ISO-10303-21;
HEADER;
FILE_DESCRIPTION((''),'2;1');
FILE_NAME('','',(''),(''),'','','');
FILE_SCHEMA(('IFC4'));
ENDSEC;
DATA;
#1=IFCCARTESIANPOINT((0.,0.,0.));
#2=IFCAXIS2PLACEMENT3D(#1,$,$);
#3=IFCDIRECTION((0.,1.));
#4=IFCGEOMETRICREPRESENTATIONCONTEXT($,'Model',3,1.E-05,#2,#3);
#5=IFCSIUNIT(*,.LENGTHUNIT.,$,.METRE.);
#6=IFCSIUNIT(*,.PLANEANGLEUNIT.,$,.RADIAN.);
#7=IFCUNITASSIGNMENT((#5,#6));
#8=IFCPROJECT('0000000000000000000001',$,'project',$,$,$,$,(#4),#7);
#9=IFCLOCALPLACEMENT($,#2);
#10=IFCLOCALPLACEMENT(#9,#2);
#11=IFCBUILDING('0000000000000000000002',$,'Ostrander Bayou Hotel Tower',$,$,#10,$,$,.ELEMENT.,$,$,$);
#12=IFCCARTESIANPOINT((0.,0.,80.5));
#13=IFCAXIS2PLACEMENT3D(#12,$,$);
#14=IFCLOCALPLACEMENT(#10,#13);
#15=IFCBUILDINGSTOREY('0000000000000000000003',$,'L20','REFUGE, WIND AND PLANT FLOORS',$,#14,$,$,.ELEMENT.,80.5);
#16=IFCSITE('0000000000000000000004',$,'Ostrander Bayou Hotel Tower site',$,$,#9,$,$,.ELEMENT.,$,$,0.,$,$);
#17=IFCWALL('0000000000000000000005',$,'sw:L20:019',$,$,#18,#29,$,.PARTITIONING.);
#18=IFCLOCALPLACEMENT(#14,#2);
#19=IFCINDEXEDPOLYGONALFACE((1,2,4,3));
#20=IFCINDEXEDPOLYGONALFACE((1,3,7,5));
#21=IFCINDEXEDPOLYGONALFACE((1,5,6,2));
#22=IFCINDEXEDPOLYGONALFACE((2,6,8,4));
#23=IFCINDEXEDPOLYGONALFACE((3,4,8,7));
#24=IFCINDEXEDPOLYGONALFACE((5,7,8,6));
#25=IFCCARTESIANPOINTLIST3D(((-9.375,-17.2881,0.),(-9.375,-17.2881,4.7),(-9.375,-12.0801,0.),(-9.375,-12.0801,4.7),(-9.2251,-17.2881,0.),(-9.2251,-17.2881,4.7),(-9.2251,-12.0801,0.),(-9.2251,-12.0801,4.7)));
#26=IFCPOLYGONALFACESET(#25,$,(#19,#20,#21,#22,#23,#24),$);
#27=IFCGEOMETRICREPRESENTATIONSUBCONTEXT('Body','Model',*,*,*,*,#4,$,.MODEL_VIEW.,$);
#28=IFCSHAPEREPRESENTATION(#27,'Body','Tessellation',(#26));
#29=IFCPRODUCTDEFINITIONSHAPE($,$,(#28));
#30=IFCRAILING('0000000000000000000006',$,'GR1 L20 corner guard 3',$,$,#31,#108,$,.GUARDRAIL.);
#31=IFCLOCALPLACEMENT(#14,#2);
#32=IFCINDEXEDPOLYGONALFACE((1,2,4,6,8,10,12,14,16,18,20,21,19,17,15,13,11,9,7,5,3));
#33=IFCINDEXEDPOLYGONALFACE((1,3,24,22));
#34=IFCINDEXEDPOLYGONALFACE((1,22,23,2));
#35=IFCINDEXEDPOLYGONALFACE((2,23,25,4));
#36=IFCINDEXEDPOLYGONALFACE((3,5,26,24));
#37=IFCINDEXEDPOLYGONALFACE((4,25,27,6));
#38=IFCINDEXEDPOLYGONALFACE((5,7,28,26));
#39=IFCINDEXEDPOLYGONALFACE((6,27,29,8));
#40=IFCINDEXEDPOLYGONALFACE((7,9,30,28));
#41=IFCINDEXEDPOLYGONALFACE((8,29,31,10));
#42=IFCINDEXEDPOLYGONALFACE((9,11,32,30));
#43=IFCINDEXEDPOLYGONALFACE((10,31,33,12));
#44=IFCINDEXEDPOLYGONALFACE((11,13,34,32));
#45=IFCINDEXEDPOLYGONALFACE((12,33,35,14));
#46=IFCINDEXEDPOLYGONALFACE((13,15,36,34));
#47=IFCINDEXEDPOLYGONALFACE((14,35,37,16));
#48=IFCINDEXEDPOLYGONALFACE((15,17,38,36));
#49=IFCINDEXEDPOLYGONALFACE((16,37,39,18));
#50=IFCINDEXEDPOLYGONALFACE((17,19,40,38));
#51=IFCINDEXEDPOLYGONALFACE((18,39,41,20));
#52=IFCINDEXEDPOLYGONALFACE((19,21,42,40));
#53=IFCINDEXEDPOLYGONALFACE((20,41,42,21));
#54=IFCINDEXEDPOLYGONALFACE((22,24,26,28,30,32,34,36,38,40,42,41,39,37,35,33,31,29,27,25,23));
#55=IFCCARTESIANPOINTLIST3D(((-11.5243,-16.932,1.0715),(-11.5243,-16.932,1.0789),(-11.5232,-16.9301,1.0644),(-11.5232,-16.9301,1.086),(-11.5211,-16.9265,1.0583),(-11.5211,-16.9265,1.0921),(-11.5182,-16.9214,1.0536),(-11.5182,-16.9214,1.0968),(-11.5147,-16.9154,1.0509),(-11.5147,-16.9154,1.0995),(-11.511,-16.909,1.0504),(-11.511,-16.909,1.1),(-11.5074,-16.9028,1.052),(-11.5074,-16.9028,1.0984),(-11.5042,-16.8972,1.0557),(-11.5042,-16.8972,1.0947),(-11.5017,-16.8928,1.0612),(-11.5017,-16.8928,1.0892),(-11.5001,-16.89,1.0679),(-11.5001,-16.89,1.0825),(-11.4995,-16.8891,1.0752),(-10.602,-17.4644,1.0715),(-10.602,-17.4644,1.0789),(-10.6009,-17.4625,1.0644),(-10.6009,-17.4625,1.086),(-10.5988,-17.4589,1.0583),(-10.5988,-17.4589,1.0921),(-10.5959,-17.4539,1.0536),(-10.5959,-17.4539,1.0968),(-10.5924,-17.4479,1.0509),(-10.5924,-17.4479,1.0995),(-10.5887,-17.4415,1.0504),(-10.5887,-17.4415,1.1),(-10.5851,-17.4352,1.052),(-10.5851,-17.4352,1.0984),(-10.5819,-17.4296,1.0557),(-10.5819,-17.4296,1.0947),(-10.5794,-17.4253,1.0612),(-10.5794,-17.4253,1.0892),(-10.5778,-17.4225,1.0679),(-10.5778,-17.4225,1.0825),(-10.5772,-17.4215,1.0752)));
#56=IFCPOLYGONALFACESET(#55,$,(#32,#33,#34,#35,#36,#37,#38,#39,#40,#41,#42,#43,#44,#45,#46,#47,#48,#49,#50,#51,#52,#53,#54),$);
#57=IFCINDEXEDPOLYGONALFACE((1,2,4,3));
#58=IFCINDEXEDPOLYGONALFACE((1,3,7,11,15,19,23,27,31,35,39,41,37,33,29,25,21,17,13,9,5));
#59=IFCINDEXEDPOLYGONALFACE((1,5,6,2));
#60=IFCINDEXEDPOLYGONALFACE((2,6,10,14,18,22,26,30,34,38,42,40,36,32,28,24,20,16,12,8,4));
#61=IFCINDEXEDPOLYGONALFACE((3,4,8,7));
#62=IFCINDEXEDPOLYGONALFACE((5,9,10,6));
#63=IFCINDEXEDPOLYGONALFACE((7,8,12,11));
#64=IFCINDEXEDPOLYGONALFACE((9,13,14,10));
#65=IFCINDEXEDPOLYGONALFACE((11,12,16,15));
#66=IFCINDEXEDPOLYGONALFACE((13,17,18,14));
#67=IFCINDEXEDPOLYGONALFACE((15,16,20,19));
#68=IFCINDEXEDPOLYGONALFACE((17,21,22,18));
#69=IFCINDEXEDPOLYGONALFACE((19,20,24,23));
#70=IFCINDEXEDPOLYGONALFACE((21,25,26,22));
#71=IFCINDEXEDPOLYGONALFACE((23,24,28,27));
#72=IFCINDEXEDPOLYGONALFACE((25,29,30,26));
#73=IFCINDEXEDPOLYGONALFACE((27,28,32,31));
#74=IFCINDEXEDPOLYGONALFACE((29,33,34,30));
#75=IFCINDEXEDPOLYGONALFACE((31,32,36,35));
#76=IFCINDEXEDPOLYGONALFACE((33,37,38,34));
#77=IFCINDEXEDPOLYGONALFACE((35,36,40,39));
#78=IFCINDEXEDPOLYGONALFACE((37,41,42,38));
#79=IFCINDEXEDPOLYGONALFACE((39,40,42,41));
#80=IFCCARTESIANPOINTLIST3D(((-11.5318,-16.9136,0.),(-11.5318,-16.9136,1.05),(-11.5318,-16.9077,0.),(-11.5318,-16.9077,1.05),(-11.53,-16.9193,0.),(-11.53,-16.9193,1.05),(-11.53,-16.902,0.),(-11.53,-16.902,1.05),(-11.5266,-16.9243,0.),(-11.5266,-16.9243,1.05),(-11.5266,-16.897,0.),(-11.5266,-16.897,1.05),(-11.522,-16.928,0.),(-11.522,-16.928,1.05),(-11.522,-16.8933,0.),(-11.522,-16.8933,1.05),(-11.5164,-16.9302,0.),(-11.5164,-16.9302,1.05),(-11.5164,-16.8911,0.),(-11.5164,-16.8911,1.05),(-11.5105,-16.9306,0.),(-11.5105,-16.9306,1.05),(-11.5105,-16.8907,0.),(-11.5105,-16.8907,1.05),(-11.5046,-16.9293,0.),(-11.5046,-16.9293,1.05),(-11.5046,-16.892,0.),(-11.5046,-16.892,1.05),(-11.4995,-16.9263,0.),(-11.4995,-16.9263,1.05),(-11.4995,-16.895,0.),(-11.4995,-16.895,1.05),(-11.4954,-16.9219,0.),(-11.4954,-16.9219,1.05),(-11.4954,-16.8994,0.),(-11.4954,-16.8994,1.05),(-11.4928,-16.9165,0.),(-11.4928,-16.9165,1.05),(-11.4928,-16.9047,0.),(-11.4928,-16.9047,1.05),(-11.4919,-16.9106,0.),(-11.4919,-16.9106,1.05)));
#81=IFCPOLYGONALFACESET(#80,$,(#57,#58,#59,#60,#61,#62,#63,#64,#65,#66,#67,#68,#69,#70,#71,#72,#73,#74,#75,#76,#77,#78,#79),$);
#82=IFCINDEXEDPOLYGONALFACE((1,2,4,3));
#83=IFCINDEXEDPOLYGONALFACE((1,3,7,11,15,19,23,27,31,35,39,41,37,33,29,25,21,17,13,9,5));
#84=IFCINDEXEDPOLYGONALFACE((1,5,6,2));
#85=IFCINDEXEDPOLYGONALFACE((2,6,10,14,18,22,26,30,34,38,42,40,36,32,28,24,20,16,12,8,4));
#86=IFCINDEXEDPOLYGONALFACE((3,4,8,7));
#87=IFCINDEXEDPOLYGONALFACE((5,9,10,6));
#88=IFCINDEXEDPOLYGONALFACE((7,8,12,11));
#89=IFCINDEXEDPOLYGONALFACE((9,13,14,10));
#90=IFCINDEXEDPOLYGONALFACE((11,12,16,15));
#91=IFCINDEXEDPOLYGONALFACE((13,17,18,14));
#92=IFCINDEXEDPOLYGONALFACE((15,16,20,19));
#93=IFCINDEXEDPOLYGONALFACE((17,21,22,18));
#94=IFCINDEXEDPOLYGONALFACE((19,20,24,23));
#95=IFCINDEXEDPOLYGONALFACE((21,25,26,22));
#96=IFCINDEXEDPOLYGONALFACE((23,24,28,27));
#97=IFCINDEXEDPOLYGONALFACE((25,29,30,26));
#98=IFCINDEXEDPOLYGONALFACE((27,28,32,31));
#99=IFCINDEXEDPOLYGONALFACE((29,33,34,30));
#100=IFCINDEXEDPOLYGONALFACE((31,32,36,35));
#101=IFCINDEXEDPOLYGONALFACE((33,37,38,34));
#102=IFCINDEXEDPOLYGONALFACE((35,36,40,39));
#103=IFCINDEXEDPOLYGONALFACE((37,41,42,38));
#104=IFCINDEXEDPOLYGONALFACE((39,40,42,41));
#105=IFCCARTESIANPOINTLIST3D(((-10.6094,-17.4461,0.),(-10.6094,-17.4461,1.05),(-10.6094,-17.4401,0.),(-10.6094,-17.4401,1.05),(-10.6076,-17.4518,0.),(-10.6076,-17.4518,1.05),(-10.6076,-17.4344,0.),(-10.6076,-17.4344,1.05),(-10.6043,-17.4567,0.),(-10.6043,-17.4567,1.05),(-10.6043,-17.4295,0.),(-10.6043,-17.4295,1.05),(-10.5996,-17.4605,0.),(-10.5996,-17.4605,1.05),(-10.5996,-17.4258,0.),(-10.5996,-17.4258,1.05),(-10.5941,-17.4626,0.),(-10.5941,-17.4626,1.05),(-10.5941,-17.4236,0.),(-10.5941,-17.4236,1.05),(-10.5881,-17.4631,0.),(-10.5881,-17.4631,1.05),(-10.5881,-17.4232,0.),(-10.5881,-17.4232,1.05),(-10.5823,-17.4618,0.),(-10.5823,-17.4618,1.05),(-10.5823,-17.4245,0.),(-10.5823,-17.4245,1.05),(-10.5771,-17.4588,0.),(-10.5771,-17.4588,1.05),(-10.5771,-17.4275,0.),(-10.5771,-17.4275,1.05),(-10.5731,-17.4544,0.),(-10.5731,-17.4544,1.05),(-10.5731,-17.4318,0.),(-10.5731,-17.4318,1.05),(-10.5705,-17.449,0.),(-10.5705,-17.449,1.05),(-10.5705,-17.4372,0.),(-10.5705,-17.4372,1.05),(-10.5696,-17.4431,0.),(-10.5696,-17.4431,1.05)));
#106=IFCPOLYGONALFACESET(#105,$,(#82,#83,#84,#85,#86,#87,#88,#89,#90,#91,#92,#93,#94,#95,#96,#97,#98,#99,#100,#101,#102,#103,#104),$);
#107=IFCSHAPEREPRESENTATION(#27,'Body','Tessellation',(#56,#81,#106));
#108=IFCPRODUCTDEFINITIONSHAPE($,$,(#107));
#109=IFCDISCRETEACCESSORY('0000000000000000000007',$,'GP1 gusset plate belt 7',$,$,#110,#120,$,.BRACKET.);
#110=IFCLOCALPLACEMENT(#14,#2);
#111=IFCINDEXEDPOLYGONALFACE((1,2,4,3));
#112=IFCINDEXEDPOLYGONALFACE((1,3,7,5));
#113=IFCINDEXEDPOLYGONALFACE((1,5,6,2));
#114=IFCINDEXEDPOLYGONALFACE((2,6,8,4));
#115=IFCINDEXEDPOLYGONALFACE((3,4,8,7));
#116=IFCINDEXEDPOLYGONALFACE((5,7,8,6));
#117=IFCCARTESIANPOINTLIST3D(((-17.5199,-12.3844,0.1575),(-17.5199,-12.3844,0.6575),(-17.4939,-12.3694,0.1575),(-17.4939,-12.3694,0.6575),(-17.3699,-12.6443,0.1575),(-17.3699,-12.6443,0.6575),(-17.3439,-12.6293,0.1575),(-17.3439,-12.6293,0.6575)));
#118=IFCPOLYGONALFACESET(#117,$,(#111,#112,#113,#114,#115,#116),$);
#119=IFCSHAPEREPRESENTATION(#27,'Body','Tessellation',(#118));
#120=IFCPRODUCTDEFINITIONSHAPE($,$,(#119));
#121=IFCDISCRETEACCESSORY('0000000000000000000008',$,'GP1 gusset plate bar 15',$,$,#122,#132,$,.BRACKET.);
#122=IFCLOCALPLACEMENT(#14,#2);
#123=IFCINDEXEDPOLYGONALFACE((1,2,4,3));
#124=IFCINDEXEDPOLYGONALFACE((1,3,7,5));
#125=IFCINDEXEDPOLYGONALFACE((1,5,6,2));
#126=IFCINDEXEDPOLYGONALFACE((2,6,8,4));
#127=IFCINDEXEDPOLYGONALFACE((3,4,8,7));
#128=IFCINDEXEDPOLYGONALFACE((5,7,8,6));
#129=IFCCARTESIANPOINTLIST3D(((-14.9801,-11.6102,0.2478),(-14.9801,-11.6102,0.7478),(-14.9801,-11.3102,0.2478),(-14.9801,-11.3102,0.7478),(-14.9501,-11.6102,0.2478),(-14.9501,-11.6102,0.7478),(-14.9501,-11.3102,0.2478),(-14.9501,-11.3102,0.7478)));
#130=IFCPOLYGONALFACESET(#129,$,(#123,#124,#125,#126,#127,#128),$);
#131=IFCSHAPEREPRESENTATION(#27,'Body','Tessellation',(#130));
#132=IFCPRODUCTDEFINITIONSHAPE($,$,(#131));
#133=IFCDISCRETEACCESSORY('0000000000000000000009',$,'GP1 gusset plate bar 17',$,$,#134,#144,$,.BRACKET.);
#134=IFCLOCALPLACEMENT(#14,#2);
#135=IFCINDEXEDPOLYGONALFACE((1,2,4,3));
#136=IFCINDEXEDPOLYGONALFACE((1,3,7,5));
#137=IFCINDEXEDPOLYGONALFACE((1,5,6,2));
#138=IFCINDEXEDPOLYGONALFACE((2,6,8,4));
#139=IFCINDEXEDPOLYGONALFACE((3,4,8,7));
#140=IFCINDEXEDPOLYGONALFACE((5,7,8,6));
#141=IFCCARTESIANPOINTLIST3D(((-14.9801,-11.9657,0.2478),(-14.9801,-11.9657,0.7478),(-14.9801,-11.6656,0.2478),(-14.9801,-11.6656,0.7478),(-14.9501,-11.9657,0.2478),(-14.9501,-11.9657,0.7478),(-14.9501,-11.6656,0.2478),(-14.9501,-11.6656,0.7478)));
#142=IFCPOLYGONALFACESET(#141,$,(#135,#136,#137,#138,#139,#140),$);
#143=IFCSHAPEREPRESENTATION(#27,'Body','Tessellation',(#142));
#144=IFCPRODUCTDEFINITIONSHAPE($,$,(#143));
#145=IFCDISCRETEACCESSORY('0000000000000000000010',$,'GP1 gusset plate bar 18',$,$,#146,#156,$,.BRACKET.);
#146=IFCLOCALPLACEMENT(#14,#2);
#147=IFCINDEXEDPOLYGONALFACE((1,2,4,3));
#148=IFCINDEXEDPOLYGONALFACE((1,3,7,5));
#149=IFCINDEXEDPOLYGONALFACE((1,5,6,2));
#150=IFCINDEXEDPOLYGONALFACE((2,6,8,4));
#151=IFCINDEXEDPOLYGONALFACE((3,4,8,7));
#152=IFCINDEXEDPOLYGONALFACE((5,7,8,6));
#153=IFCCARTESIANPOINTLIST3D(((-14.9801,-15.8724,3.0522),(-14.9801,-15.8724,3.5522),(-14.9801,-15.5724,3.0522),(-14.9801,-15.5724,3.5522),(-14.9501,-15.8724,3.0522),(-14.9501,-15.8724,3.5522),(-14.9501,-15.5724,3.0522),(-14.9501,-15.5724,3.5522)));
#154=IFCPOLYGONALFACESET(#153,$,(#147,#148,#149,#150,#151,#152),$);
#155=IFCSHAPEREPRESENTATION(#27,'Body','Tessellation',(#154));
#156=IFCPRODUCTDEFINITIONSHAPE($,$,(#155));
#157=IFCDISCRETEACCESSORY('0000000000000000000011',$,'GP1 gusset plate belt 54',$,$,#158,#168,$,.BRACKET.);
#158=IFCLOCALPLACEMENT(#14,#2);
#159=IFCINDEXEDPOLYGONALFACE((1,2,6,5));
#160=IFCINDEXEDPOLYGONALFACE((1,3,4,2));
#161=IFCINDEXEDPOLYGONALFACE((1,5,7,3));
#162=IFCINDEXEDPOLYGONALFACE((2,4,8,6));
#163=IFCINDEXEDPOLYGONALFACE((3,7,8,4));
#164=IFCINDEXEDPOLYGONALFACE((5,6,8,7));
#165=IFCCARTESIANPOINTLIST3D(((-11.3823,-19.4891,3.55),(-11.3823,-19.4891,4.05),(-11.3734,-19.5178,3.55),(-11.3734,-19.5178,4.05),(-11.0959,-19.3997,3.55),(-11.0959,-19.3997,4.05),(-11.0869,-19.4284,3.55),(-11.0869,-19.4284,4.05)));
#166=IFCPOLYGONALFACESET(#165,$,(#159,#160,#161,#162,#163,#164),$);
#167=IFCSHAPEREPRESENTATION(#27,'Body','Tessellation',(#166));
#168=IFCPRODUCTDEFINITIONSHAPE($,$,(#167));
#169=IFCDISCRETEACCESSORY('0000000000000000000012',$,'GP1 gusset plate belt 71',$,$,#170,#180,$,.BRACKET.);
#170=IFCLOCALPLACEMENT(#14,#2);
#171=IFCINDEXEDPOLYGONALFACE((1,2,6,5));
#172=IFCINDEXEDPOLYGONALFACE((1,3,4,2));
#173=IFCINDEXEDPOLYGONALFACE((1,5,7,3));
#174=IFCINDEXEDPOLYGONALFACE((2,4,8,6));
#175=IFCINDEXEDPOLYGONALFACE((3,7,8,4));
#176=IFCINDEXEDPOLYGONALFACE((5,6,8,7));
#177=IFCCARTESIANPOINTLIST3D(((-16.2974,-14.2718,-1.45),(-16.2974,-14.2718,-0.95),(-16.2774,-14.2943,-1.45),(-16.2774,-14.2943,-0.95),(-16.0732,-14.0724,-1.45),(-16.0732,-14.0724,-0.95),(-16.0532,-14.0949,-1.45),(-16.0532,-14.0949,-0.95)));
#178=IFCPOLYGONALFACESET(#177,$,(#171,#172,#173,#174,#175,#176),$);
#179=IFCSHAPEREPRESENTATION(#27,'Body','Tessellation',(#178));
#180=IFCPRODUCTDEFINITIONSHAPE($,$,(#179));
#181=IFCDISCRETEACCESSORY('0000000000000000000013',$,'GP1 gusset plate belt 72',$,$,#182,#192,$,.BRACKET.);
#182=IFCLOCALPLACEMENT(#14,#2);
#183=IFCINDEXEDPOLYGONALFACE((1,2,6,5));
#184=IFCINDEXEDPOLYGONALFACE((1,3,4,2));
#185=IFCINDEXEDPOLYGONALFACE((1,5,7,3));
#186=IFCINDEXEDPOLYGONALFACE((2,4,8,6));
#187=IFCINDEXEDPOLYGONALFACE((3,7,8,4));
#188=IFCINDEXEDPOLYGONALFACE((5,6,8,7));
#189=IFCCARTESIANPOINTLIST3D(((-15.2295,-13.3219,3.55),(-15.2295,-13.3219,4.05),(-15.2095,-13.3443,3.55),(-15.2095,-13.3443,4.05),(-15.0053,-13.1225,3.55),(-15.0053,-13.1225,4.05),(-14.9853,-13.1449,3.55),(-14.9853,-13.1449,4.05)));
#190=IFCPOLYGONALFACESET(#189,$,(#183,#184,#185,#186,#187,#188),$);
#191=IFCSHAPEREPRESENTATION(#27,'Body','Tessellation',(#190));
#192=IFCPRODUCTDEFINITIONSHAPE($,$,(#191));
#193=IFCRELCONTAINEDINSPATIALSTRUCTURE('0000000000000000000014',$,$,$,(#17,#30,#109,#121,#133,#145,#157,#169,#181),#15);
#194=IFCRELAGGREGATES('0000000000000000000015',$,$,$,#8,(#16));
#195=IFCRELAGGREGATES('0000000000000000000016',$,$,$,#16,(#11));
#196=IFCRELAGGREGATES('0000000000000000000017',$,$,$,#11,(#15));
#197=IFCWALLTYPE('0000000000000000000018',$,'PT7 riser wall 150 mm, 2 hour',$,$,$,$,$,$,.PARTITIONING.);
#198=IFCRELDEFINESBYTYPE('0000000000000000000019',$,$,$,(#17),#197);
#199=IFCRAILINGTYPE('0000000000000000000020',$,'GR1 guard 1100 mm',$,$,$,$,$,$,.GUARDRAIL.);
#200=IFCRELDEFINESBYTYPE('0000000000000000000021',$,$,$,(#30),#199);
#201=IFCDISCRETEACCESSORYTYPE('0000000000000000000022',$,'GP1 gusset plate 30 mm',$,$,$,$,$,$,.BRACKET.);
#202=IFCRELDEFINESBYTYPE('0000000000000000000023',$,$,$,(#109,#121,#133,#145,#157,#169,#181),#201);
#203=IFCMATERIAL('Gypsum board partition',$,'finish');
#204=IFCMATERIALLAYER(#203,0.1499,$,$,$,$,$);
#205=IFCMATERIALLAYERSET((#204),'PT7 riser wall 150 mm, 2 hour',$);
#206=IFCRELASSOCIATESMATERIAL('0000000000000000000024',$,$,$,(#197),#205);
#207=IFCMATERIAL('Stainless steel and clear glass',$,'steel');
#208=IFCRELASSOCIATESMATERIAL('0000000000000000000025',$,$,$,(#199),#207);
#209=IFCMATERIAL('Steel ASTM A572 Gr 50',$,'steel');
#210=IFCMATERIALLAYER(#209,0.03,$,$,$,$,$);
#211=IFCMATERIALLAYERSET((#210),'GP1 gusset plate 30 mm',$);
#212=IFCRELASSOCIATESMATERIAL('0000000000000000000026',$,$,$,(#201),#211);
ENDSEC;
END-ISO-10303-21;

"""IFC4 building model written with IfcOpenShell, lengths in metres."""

from ifc_helpers import new_model, si_unit, direction, frame, frame_2d, origin, origin_2d, place, context, subcontext, project, spatial, rectangle, circle, extrude, material, layer, layer_set, type_object, element, save


model = new_model("IFC4")

# Units and contexts
model_context = context("Model", 3, precision=1e-05, world=origin(), true_north=direction((0.0, 1.0)))
body_context = subcontext(model_context, "Body", "Model", "MODEL_VIEW")
ifc_project = project(units=[si_unit("LENGTHUNIT", "METRE"), si_unit("PLANEANGLEUNIT", "RADIAN")], contexts=[model_context])

# Site, building, storey
site_placement = place(None, origin())
site = spatial("IfcSite", under=ifc_project, at=site_placement, Name="Ostrander Bayou Hotel Tower site", CompositionType="ELEMENT", RefElevation=0.0)
building_placement = place(site_placement, origin())
building = spatial("IfcBuilding", under=site, at=building_placement, Name="Ostrander Bayou Hotel Tower", CompositionType="ELEMENT")
storey_placement = place(building_placement, frame((0.0, 0.0, 80.5)))
storey = spatial("IfcBuildingStorey", under=building, at=storey_placement, Name="L20", Description="REFUGE, WIND AND PLANT FLOORS", CompositionType="ELEMENT", Elevation=80.5)

# Wall
ifc_material_1 = material(Name="Gypsum board partition", Category="finish")
ifc_layer_1 = layer(ifc_material_1, 0.1499)
ifc_layer_set_1 = layer_set([ifc_layer_1], Name="PT7 riser wall 150 mm, 2 hour")
wall_type = type_object("IfcWallType", Name="PT7 riser wall 150 mm, 2 hour", PredefinedType="PARTITIONING", material=ifc_layer_set_1)
wall_placement = place(storey_placement, frame((-9.3, -17.2881, 0.0), z_axis=(0.0, 0.0, 1.0), x_axis=(0.0, 1.0, 0.0)))
element("IfcWall", 1, at=wall_placement, inside=storey, type_object=wall_type, Name="sw:L20:019", PredefinedType="PARTITIONING", context=body_context, shape_type="SweptSolid", body=[
    extrude(rectangle(XDim=5.208, YDim=0.1499, at=frame_2d((2.604, 0.0))), origin(), (0.0, 0.0, 1.0), 4.7),
])

# Railing
ifc_material_2 = material(Name="Stainless steel and clear glass", Category="steel")
railing_type = type_object("IfcRailingType", Name="GR1 guard 1100 mm", PredefinedType="GUARDRAIL", material=ifc_material_2)
railing_1_placement = place(storey_placement, frame((-11.512, -16.9106, 0.0)))
element("IfcRailing", 2, at=railing_1_placement, inside=storey, type_object=railing_type, Name="GR1 L20 corner guard 3", PredefinedType="GUARDRAIL", context=body_context, shape_type="SweptSolid", body=[
    extrude(circle(Radius=0.0249, at=origin_2d()), frame((0.0, 0.0, 1.0752), z_axis=(0.866048, -0.499961, 0.0), x_axis=(0.499961, 0.866048, 0.0)), (0.0, 0.0, 1.0), 1.0649),
    extrude(circle(Radius=0.02, at=origin_2d()), origin(), (0.0, 0.0, 1.0), 1.05),
    extrude(circle(Radius=0.02, at=origin_2d()), frame((0.9224, -0.5325, 0.0)), (0.0, 0.0, 1.0), 1.05),
])

# Discrete accessories
ifc_material_3 = material(Name="Steel ASTM A572 Gr 50", Category="steel")
ifc_layer_2 = layer(ifc_material_3, 0.03)
ifc_layer_set_2 = layer_set([ifc_layer_2], Name="GP1 gusset plate 30 mm")
discrete_accessory_type = type_object("IfcDiscreteAccessoryType", Name="GP1 gusset plate 30 mm", PredefinedType="BRACKET", material=ifc_layer_set_2)
for number, where, z_axis, x_axis, name in (
    (3, (-17.4319, -12.5068, 0.1575), (0.0, 0.0, 1.0), (-0.5, 0.866025, 0.0), "GP1 gusset plate belt 7"),
    (4, (-14.9651, -11.4602, 0.2478), (0.0, 0.0, 1.0), (0.0, 1.0, 0.0), "GP1 gusset plate bar 15"),
    (5, (-14.9651, -11.8157, 0.2478), (0.0, 0.0, 1.0), (0.0, -1.0, 0.0), "GP1 gusset plate bar 17"),
    (6, (-14.9651, -15.7224, 3.0522), (0.0, 0.0, 1.0), (0.0, -1.0, 0.0), "GP1 gusset plate bar 18"),
    (7, (-11.2346, -19.4587, 3.55), (0.0, 0.0, 1.0), (0.95461, 0.297858, 0.0), "GP1 gusset plate belt 54"),
    (8, (-16.1753, -14.1833, -1.45), (0.0, 0.0, 1.0), (0.747207, 0.664592, 0.0), "GP1 gusset plate belt 71"),
    (9, (-15.1074, -13.2334, 3.55), (0.0, 0.0, 1.0), (0.747207, 0.664592, 0.0), "GP1 gusset plate belt 72"),
):
    element("IfcDiscreteAccessory", number, at=place(storey_placement, frame(where, z_axis=z_axis, x_axis=x_axis)), inside=storey, type_object=discrete_accessory_type, Name=name, PredefinedType="BRACKET", context=body_context, shape_type="SweptSolid", body=[
        extrude(rectangle(XDim=0.3, YDim=0.03, at=origin_2d()), origin(), (0.0, 0.0, 1.0), 0.5),
    ])

save(model, "model.ifc")
